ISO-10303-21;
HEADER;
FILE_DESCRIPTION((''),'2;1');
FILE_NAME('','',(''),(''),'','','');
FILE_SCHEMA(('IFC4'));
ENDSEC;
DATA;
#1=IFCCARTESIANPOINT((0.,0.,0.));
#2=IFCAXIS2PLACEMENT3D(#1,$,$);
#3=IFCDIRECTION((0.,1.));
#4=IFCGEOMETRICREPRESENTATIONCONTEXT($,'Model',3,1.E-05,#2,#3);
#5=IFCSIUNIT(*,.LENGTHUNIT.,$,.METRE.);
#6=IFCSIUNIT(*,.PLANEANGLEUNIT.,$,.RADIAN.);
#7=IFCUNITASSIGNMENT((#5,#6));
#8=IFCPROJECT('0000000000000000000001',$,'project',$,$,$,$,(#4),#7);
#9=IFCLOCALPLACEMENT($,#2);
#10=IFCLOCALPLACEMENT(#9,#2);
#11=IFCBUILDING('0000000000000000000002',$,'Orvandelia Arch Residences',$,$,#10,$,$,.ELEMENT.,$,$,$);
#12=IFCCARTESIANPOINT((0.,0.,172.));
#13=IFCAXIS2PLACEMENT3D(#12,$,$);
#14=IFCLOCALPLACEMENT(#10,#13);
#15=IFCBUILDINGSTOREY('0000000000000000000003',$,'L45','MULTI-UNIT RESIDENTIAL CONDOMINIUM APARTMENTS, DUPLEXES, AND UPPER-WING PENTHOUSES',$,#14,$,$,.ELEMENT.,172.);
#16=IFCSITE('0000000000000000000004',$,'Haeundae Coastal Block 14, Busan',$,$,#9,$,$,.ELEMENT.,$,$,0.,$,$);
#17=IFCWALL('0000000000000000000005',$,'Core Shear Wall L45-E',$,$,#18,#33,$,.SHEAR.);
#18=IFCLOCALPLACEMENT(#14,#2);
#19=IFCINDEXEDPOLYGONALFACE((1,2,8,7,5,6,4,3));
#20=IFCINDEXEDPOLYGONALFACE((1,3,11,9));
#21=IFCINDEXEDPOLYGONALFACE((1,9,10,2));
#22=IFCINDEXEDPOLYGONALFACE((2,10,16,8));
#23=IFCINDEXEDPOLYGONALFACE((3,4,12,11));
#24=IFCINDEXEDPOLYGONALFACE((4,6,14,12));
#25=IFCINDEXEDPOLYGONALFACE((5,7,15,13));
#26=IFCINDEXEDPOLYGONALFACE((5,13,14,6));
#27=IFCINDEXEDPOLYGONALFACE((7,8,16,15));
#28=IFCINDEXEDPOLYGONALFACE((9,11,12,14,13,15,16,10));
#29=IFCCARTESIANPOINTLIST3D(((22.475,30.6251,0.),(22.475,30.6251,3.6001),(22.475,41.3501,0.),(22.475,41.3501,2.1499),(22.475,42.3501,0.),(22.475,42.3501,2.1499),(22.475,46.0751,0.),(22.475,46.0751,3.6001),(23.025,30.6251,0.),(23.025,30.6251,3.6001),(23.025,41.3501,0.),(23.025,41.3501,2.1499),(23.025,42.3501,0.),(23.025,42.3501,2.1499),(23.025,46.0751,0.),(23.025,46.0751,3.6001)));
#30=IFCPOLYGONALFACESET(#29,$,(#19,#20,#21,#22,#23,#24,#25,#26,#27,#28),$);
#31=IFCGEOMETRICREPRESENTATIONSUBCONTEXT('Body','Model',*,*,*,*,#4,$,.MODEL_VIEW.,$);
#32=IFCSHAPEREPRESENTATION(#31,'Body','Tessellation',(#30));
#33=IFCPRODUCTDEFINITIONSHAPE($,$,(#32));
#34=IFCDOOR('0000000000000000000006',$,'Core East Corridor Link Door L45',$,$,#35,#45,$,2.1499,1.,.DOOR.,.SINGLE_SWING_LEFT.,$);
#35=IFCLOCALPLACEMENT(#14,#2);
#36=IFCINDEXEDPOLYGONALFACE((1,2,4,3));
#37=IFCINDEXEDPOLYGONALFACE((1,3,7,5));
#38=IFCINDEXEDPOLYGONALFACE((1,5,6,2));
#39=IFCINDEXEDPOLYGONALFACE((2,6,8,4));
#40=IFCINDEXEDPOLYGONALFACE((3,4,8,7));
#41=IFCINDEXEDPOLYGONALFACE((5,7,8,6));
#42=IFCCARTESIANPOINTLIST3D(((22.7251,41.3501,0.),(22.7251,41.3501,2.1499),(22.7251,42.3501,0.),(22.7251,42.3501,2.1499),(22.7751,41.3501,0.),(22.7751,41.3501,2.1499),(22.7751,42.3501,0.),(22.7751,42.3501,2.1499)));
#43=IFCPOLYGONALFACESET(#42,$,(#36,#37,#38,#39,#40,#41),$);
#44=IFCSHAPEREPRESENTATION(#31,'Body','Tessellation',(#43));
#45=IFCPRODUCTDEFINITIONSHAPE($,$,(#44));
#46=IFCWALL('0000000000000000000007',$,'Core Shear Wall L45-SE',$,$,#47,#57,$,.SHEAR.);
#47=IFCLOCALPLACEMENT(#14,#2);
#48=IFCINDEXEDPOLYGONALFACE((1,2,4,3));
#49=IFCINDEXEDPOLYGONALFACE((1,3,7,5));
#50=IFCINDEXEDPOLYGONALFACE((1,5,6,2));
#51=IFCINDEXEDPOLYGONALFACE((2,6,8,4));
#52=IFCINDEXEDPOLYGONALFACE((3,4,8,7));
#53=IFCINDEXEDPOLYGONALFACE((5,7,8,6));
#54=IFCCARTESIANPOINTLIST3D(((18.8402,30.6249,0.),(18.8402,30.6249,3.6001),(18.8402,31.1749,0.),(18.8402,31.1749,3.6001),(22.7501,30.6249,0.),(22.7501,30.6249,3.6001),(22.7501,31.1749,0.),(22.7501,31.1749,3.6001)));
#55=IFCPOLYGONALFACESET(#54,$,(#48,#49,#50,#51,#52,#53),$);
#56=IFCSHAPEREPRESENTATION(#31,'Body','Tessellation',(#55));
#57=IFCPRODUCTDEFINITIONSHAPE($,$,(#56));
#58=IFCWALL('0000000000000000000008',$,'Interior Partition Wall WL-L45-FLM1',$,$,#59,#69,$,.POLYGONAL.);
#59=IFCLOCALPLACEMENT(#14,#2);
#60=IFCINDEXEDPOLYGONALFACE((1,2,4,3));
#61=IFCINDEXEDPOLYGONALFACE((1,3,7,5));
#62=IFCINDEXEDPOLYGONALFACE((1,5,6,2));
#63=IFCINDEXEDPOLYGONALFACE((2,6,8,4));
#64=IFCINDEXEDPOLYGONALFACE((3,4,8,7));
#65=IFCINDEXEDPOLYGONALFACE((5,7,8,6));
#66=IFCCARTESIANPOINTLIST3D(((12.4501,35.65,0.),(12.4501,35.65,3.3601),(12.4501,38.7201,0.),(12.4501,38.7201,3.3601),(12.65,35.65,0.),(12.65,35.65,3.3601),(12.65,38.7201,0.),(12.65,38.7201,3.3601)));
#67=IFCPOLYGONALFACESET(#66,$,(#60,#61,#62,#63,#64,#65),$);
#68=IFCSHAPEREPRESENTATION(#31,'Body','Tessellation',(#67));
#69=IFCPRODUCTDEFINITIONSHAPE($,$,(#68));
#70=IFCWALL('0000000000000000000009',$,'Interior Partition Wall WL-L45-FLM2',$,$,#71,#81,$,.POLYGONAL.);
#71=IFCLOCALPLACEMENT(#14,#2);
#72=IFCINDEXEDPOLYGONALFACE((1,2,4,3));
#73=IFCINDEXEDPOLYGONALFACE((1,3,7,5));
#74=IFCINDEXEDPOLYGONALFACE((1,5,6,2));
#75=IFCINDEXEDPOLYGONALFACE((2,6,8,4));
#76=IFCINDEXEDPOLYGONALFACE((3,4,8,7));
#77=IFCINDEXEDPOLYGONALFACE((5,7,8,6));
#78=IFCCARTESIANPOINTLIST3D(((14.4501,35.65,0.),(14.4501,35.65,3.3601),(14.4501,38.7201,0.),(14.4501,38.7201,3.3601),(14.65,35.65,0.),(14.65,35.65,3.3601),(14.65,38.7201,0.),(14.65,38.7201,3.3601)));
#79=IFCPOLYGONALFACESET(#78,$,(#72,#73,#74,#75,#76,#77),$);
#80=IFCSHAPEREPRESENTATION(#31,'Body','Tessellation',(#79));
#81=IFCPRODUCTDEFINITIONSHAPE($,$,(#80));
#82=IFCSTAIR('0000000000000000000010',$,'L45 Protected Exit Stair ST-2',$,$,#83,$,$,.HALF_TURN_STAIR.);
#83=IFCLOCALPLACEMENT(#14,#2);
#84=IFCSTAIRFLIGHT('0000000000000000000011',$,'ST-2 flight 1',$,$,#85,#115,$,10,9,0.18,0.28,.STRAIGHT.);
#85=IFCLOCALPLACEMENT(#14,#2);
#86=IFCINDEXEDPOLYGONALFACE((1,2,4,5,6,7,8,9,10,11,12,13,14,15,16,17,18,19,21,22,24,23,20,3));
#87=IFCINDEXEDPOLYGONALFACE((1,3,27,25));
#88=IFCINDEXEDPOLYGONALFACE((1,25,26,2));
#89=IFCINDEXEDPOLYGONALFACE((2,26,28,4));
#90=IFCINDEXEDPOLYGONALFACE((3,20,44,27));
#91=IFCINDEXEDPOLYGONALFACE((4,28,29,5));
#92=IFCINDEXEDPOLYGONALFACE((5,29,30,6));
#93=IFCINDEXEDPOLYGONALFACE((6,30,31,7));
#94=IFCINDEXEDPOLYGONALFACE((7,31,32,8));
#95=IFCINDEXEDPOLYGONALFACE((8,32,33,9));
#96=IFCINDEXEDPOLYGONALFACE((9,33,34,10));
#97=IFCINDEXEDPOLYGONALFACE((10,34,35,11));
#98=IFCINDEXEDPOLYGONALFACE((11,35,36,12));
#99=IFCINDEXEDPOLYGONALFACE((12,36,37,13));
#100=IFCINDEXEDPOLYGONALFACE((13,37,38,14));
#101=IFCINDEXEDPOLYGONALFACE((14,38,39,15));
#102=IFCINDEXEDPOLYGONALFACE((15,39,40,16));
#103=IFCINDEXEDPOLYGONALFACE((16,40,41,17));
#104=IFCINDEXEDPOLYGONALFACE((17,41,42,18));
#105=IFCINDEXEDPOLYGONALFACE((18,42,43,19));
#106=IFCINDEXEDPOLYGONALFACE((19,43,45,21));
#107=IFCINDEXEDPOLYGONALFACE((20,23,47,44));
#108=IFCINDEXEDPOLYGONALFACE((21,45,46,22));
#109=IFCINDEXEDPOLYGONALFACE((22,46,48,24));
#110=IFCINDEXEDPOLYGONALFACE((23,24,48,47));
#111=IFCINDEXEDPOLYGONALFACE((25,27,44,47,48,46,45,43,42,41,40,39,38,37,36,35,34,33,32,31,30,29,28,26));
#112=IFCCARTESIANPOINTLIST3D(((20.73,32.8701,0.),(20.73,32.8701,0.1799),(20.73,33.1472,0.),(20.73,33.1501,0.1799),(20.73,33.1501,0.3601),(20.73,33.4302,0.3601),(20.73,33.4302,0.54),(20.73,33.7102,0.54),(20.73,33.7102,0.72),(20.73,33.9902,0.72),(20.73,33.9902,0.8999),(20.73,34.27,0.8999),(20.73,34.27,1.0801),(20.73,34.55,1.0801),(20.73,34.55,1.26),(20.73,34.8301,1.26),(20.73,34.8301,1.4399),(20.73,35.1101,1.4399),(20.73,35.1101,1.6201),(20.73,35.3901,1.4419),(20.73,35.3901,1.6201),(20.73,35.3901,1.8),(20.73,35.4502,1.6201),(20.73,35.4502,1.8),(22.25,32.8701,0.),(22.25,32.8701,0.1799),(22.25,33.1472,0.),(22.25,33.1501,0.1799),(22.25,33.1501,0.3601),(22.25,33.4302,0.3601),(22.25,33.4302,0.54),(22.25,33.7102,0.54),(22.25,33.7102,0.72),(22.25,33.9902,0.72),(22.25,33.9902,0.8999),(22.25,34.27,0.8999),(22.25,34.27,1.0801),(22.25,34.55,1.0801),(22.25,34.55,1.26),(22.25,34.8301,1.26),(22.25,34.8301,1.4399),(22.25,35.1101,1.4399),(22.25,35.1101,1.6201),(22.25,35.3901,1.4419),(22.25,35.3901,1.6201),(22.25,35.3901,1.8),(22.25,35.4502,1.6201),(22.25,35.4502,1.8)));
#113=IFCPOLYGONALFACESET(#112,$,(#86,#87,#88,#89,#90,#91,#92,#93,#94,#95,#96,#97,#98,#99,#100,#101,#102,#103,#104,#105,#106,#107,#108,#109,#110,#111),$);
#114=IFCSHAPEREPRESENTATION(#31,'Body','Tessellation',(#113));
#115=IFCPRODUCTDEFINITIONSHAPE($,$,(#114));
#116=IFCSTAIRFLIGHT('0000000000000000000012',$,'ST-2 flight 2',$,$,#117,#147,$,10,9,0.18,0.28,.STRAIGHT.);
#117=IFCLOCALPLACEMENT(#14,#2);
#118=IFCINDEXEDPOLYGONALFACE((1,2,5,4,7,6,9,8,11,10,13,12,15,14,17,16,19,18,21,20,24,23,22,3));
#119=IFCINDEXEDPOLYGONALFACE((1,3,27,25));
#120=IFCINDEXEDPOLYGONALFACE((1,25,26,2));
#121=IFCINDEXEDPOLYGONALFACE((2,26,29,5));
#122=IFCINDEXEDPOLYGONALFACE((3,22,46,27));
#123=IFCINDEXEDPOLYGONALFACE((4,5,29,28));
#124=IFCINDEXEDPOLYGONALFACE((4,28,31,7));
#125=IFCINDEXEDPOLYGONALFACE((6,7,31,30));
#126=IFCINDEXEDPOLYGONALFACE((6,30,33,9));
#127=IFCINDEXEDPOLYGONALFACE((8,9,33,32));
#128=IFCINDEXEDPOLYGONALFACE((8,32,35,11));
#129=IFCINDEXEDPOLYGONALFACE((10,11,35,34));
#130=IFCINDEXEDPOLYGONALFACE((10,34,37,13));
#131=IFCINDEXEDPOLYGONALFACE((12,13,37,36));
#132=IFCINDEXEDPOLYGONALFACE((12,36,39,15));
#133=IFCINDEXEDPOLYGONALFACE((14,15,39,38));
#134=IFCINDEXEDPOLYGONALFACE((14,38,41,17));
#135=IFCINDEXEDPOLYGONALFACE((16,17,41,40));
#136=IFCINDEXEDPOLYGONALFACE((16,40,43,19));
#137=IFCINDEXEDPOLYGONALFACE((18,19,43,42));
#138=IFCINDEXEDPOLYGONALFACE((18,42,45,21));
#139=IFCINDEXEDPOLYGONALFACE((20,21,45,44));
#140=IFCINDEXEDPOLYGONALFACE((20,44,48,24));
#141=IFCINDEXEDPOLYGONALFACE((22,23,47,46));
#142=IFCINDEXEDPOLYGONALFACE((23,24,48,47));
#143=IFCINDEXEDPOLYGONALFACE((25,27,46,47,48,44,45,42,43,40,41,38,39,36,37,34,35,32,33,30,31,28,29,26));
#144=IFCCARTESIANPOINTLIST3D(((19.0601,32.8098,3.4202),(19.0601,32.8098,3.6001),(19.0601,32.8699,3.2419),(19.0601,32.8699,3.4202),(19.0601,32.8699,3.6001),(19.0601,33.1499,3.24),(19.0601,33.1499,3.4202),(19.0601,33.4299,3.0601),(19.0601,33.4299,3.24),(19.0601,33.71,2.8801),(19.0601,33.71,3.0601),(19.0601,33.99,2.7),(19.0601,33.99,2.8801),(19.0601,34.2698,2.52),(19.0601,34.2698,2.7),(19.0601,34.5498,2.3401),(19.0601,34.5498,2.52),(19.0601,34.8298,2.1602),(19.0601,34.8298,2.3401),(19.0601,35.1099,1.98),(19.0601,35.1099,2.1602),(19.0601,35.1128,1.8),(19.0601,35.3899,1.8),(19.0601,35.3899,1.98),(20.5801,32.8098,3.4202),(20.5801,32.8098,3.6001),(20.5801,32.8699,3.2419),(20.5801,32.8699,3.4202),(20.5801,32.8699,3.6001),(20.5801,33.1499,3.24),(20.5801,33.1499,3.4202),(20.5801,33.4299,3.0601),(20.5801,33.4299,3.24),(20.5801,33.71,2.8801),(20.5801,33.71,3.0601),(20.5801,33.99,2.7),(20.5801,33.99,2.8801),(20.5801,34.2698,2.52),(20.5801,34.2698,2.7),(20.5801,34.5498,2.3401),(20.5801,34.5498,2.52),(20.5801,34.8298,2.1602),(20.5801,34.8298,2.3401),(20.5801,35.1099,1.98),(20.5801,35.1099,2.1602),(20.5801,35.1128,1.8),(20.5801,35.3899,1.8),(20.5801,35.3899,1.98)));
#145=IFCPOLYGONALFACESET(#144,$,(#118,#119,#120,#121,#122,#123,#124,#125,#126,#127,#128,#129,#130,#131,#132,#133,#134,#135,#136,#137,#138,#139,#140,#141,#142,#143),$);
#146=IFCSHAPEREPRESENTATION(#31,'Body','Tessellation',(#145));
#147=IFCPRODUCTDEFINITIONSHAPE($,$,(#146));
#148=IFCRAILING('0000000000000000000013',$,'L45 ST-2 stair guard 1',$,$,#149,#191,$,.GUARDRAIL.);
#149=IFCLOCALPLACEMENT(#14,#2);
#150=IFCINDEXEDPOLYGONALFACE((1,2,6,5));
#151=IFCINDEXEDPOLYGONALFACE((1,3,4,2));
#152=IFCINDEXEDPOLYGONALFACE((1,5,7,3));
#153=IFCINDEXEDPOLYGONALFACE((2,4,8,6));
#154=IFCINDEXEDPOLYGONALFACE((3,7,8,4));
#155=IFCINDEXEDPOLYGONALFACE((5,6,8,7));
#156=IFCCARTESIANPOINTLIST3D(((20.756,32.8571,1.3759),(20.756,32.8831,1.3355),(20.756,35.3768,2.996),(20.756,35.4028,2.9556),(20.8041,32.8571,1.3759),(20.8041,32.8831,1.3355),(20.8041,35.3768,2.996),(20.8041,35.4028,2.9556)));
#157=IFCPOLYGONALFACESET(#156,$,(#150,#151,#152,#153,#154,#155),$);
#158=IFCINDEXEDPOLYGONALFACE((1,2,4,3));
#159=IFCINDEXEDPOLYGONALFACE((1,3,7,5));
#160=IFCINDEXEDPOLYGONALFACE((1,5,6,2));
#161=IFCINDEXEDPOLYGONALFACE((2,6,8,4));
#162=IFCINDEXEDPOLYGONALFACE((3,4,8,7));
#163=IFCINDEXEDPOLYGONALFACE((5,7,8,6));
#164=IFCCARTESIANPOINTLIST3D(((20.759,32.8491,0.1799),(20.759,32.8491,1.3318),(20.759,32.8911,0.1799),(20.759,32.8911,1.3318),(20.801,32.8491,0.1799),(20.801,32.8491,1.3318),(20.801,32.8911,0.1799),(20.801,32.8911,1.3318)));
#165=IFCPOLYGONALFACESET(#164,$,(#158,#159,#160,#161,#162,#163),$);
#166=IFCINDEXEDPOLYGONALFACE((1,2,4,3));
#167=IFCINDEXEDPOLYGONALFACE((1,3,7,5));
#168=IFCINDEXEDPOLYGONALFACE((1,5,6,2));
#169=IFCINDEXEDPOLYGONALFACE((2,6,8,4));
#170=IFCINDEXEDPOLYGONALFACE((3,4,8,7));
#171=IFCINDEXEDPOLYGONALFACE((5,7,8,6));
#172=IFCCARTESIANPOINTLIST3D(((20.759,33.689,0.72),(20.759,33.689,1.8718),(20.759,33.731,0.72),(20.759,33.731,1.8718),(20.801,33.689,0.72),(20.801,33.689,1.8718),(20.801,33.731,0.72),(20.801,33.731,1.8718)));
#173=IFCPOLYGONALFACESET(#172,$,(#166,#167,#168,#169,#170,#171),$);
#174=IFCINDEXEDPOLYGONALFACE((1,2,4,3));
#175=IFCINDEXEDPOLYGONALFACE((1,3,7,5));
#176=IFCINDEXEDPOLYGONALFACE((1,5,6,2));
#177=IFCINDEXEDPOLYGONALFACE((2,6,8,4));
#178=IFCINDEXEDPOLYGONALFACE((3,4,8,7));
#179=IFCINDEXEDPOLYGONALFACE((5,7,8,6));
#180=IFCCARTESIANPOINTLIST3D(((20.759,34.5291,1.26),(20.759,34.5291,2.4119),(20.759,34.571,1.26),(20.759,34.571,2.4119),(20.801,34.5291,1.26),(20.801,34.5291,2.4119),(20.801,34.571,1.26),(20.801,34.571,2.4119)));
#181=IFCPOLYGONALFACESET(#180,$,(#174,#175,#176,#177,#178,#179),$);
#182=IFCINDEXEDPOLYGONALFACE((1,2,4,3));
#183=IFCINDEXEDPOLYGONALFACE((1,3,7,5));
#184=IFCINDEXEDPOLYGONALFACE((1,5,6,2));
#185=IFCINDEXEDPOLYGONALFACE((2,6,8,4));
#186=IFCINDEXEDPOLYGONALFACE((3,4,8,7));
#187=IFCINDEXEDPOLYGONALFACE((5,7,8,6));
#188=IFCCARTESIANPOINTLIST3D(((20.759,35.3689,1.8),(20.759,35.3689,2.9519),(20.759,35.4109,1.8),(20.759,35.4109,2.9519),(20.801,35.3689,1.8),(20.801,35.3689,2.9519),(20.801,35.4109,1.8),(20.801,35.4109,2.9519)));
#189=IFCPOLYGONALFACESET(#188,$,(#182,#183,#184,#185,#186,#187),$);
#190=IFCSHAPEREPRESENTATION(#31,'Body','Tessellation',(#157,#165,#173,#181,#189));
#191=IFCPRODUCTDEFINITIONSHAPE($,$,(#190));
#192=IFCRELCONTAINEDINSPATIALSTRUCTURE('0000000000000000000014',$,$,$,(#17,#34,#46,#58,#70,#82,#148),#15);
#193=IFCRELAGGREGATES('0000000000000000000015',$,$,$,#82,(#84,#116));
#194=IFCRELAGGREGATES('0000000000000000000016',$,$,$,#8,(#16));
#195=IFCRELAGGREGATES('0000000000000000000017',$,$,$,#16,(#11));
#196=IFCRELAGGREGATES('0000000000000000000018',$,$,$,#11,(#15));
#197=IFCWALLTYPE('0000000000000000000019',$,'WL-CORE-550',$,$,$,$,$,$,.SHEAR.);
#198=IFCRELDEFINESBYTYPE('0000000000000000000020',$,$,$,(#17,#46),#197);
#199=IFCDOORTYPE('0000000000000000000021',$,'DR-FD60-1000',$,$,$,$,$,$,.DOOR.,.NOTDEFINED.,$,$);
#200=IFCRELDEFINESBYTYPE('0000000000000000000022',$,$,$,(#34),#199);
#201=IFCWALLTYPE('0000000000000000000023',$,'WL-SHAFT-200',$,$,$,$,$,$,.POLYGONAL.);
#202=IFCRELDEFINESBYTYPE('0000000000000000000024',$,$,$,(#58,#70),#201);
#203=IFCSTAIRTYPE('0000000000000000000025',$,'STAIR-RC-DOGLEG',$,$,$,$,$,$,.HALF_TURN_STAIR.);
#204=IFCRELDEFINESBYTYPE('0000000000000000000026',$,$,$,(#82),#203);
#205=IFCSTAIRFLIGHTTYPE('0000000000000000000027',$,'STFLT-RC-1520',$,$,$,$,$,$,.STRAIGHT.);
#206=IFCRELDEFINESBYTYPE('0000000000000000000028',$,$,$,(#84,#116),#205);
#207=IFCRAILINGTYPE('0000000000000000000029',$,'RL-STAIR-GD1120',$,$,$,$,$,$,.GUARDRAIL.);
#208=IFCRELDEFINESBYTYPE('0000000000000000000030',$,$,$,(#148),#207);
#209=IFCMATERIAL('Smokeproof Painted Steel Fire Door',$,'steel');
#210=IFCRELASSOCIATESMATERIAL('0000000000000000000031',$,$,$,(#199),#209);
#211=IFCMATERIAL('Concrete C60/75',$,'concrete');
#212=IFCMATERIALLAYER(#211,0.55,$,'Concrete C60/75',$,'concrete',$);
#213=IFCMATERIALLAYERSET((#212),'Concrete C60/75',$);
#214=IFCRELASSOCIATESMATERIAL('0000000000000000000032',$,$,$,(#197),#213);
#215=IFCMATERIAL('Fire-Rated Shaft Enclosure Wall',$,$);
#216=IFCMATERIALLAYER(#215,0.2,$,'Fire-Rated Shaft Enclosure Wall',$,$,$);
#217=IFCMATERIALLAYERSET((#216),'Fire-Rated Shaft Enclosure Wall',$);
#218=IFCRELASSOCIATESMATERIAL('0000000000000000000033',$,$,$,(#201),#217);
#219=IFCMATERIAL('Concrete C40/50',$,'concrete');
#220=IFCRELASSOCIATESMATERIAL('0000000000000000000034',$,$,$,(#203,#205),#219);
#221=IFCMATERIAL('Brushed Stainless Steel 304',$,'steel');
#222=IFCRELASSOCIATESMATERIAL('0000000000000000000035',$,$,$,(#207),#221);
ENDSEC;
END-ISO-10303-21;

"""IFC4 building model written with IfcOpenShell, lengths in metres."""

from ifc_helpers import new_model, si_unit, direction, frame, frame_2d, origin, origin_2d, place, context, subcontext, project, spatial, polyline, rectangle, outline, extrude, material, layer, layer_set, type_object, element, fill, aggregate, save


model = new_model("IFC4")

# Units and contexts
model_context = context("Model", 3, precision=1e-05, world=origin(), true_north=direction((0.0, 1.0)))
body_context = subcontext(model_context, "Body", "Model", "MODEL_VIEW")
ifc_project = project(units=[si_unit("LENGTHUNIT", "METRE"), si_unit("PLANEANGLEUNIT", "RADIAN")], contexts=[model_context])

# Site, building, storey
site_placement = place(None, origin())
site = spatial("IfcSite", under=ifc_project, at=site_placement, Name="Haeundae Coastal Block 14, Busan", CompositionType="ELEMENT", RefElevation=0.0)
building_placement = place(site_placement, origin())
building = spatial("IfcBuilding", under=site, at=building_placement, Name="Orvandelia Arch Residences", CompositionType="ELEMENT")
storey_placement = place(building_placement, frame((0.0, 0.0, 172.0)))
storey = spatial("IfcBuildingStorey", under=building, at=storey_placement, Name="L45", Description="MULTI-UNIT RESIDENTIAL CONDOMINIUM APARTMENTS, DUPLEXES, AND UPPER-WING PENTHOUSES", CompositionType="ELEMENT", Elevation=172.0)

# Shared definitions
ifc_material_1 = material(Name="Concrete C60/75", Category="concrete")

# Shared definitions
ifc_material_2 = material(Name="Smokeproof Painted Steel Fire Door", Category="steel")
door_type_1 = type_object("IfcDoorType", Name="DR-FD60-1000", OperationType="NOTDEFINED", PredefinedType="DOOR", material=ifc_material_2)

# Wall, opening, door
ifc_layer_1 = layer(ifc_material_1, 0.55, Name="Concrete C60/75", Category="concrete")
ifc_layer_set_1 = layer_set([ifc_layer_1], Name="Concrete C60/75")
wall_type_1 = type_object("IfcWallType", Name="WL-CORE-550", PredefinedType="SHEAR", material=ifc_layer_set_1)
wall_1_placement = place(storey_placement, frame((22.75, 30.625, 0.0), z_axis=(0.0, 0.0, 1.0), x_axis=(0.0, 1.0, 0.0)))
wall_1 = element("IfcWall", 1, at=wall_1_placement, inside=storey, type_object=wall_type_1, Name="Core Shear Wall L45-E", PredefinedType="SHEAR", context=body_context, shape_type="SweptSolid", body=[
    extrude(rectangle(XDim=15.45, YDim=0.55, at=frame_2d((7.7251, 0.0))), origin(), (0.0, 0.0, 1.0), 3.6001),
])
opening_1_placement = place(wall_1_placement, frame((10.7251, 0.0, 0.0)))
opening_1 = element("IfcOpeningElement", 2, at=opening_1_placement, cuts=wall_1, PredefinedType="OPENING", context=body_context, shape_type="SweptSolid", body=[
    extrude(rectangle(XDim=1.0, YDim=2.1499, at=frame_2d((0.5, 1.075))), frame((0.0, 0.2852, 0.0), z_axis=(0.0, -1.0, 0.0), x_axis=(1.0, 0.0, 0.0)), (0.0, 0.0, 1.0), 0.5701),
])
door_1_placement = place(opening_1_placement, origin())
door_1 = element("IfcDoor", 3, at=door_1_placement, inside=storey, type_object=door_type_1, Name="Core East Corridor Link Door L45", OperationType="SINGLE_SWING_LEFT", OverallHeight=2.1499, OverallWidth=1.0, PredefinedType="DOOR", context=body_context, shape_type="SweptSolid", body=[
    extrude(rectangle(XDim=1.0, YDim=2.1499, at=frame_2d((0.5, 1.075))), frame((0.0, 0.0249, 0.0), z_axis=(0.0, -1.0, 0.0), x_axis=(1.0, 0.0, 0.0)), (0.0, 0.0, 1.0), 0.05),
])
fill(opening_1, door_1)

# Walls
wall_2_placement = place(storey_placement, frame((18.8401, 30.8999, 0.0), z_axis=(0.0, 0.0, 1.0), x_axis=(1.0, 0.0, 0.0)))
element("IfcWall", 4, at=wall_2_placement, inside=storey, type_object=wall_type_1, Name="Core Shear Wall L45-SE", PredefinedType="SHEAR", context=body_context, shape_type="SweptSolid", body=[
    extrude(rectangle(XDim=3.9099, YDim=0.55, at=frame_2d((1.9551, 0.0))), origin(), (0.0, 0.0, 1.0), 3.6001),
])
ifc_material_3 = material(Name="Fire-Rated Shaft Enclosure Wall")
ifc_layer_2 = layer(ifc_material_3, 0.2, Name="Fire-Rated Shaft Enclosure Wall")
ifc_layer_set_2 = layer_set([ifc_layer_2], Name="Fire-Rated Shaft Enclosure Wall")
wall_type_2 = type_object("IfcWallType", Name="WL-SHAFT-200", PredefinedType="POLYGONAL", material=ifc_layer_set_2)
for number, where, z_axis, x_axis, name in (
    (5, (12.55, 35.6499, 0.0), (0.0, 0.0, 1.0), (0.0, 1.0, 0.0), "Interior Partition Wall WL-L45-FLM1"),
    (6, (14.55, 35.6499, 0.0), (0.0, 0.0, 1.0), (0.0, 1.0, 0.0), "Interior Partition Wall WL-L45-FLM2"),
):
    element("IfcWall", number, at=place(storey_placement, frame(where, z_axis=z_axis, x_axis=x_axis)), inside=storey, type_object=wall_type_2, Name=name, PredefinedType="POLYGONAL", context=body_context, shape_type="SweptSolid", body=[
        extrude(rectangle(XDim=3.0701, YDim=0.2, at=frame_2d((1.5352, 0.0))), origin(), (0.0, 0.0, 1.0), 3.3601),
    ])

# Stair, stair flights
ifc_material_4 = material(Name="Concrete C40/50", Category="concrete")
stair_type = type_object("IfcStairType", Name="STAIR-RC-DOGLEG", PredefinedType="HALF_TURN_STAIR", material=ifc_material_4)
stair_placement = place(storey_placement, origin())
stair = element("IfcStair", 7, at=stair_placement, inside=storey, type_object=stair_type, Name="L45 Protected Exit Stair ST-2", PredefinedType="HALF_TURN_STAIR")
stair_flight_type = type_object("IfcStairFlightType", Name="STFLT-RC-1520", PredefinedType="STRAIGHT", material=ifc_material_4)
stair_flight_1_placement = place(storey_placement, frame((21.49, 32.8701, 0.0), z_axis=(0.0, 0.0, 1.0), x_axis=(0.0, 1.0, 0.0)))
stair_flight_1 = element("IfcStairFlight", 8, at=stair_flight_1_placement, type_object=stair_flight_type, Name="ST-2 flight 1", NumberOfRisers=10, NumberOfTreads=9, PredefinedType="STRAIGHT", RiserHeight=0.18, TreadLength=0.28, context=body_context, shape_type="SweptSolid", body=[
    extrude(outline(polyline([(0.0, 0.0), (0.0, 0.1799), (0.28, 0.1799), (0.28, 0.3601), (0.5601, 0.3601), (0.5601, 0.54), (0.8401, 0.54), (0.8401, 0.72), (1.1201, 0.72), (1.1201, 0.8999), (1.3999, 0.8999), (1.3999, 1.0801), (1.6799, 1.0801), (1.6799, 1.26), (1.96, 1.26), (1.96, 1.4399), (2.24, 1.4399), (2.24, 1.6201), (2.52, 1.6201), (2.52, 1.8), (2.5801, 1.8), (2.5801, 1.6201), (2.52, 1.4419), (0.2771, 0.0), (0.0, 0.0)])), frame((0.0, 0.76, 0.0), z_axis=(0.0, -1.0, 0.0), x_axis=(1.0, 0.0, 0.0)), (0.0, 0.0, 1.0), 1.52),
])
stair_flight_2_placement = place(storey_placement, frame((19.8201, 35.3899, 1.8), z_axis=(0.0, 0.0, 1.0), x_axis=(0.0, -1.0, 0.0)))
stair_flight_2 = element("IfcStairFlight", 9, at=stair_flight_2_placement, type_object=stair_flight_type, Name="ST-2 flight 2", NumberOfRisers=10, NumberOfTreads=9, PredefinedType="STRAIGHT", RiserHeight=0.18, TreadLength=0.28, context=body_context, shape_type="SweptSolid", body=[
    extrude(outline(polyline([(0.0, 0.0), (0.0, 0.1799), (0.28, 0.1799), (0.28, 0.3601), (0.5601, 0.3601), (0.5601, 0.54), (0.8401, 0.54), (0.8401, 0.72), (1.1201, 0.72), (1.1201, 0.8999), (1.3999, 0.8999), (1.3999, 1.0801), (1.6799, 1.0801), (1.6799, 1.26), (1.96, 1.26), (1.96, 1.4399), (2.24, 1.4399), (2.24, 1.6201), (2.52, 1.6201), (2.52, 1.8), (2.5801, 1.8), (2.5801, 1.6201), (2.52, 1.4419), (0.2771, 0.0), (0.0, 0.0)])), frame((0.0, 0.76, 0.0), z_axis=(0.0, -1.0, 0.0), x_axis=(1.0, 0.0, 0.0)), (0.0, 0.0, 1.0), 1.52),
])
aggregate(stair, [stair_flight_1, stair_flight_2])

# Railing
ifc_material_5 = material(Name="Brushed Stainless Steel 304", Category="steel")
railing_type_1 = type_object("IfcRailingType", Name="RL-STAIR-GD1120", PredefinedType="GUARDRAIL", material=ifc_material_5)
railing_1_placement = place(storey_placement, frame((20.78, 32.8701, 0.1799)))
element("IfcRailing", 10, at=railing_1_placement, inside=storey, type_object=railing_type_1, Name="L45 ST-2 stair guard 1", PredefinedType="GUARDRAIL", context=body_context, shape_type="SweptSolid", body=[
    extrude(rectangle(XDim=0.0481, YDim=0.0481, at=origin_2d()), frame((0.0, 0.0, 1.1758), z_axis=(0.0, 0.841139, 0.540819), x_axis=(-1.0, 0.0, 0.0)), (0.0, 0.0, 1.0), 2.9956),
    extrude(rectangle(XDim=0.042, YDim=0.042, at=origin_2d()), origin(), (0.0, 0.0, 1.0), 1.1519),
    extrude(rectangle(XDim=0.042, YDim=0.042, at=origin_2d()), frame((0.0, 0.8398, 0.54)), (0.0, 0.0, 1.0), 1.1519),
    extrude(rectangle(XDim=0.042, YDim=0.042, at=origin_2d()), frame((0.0, 1.6799, 1.0801)), (0.0, 0.0, 1.0), 1.1519),
    extrude(rectangle(XDim=0.042, YDim=0.042, at=origin_2d()), frame((0.0, 2.5198, 1.6201)), (0.0, 0.0, 1.0), 1.1519),
])

save(model, "model.ifc")
